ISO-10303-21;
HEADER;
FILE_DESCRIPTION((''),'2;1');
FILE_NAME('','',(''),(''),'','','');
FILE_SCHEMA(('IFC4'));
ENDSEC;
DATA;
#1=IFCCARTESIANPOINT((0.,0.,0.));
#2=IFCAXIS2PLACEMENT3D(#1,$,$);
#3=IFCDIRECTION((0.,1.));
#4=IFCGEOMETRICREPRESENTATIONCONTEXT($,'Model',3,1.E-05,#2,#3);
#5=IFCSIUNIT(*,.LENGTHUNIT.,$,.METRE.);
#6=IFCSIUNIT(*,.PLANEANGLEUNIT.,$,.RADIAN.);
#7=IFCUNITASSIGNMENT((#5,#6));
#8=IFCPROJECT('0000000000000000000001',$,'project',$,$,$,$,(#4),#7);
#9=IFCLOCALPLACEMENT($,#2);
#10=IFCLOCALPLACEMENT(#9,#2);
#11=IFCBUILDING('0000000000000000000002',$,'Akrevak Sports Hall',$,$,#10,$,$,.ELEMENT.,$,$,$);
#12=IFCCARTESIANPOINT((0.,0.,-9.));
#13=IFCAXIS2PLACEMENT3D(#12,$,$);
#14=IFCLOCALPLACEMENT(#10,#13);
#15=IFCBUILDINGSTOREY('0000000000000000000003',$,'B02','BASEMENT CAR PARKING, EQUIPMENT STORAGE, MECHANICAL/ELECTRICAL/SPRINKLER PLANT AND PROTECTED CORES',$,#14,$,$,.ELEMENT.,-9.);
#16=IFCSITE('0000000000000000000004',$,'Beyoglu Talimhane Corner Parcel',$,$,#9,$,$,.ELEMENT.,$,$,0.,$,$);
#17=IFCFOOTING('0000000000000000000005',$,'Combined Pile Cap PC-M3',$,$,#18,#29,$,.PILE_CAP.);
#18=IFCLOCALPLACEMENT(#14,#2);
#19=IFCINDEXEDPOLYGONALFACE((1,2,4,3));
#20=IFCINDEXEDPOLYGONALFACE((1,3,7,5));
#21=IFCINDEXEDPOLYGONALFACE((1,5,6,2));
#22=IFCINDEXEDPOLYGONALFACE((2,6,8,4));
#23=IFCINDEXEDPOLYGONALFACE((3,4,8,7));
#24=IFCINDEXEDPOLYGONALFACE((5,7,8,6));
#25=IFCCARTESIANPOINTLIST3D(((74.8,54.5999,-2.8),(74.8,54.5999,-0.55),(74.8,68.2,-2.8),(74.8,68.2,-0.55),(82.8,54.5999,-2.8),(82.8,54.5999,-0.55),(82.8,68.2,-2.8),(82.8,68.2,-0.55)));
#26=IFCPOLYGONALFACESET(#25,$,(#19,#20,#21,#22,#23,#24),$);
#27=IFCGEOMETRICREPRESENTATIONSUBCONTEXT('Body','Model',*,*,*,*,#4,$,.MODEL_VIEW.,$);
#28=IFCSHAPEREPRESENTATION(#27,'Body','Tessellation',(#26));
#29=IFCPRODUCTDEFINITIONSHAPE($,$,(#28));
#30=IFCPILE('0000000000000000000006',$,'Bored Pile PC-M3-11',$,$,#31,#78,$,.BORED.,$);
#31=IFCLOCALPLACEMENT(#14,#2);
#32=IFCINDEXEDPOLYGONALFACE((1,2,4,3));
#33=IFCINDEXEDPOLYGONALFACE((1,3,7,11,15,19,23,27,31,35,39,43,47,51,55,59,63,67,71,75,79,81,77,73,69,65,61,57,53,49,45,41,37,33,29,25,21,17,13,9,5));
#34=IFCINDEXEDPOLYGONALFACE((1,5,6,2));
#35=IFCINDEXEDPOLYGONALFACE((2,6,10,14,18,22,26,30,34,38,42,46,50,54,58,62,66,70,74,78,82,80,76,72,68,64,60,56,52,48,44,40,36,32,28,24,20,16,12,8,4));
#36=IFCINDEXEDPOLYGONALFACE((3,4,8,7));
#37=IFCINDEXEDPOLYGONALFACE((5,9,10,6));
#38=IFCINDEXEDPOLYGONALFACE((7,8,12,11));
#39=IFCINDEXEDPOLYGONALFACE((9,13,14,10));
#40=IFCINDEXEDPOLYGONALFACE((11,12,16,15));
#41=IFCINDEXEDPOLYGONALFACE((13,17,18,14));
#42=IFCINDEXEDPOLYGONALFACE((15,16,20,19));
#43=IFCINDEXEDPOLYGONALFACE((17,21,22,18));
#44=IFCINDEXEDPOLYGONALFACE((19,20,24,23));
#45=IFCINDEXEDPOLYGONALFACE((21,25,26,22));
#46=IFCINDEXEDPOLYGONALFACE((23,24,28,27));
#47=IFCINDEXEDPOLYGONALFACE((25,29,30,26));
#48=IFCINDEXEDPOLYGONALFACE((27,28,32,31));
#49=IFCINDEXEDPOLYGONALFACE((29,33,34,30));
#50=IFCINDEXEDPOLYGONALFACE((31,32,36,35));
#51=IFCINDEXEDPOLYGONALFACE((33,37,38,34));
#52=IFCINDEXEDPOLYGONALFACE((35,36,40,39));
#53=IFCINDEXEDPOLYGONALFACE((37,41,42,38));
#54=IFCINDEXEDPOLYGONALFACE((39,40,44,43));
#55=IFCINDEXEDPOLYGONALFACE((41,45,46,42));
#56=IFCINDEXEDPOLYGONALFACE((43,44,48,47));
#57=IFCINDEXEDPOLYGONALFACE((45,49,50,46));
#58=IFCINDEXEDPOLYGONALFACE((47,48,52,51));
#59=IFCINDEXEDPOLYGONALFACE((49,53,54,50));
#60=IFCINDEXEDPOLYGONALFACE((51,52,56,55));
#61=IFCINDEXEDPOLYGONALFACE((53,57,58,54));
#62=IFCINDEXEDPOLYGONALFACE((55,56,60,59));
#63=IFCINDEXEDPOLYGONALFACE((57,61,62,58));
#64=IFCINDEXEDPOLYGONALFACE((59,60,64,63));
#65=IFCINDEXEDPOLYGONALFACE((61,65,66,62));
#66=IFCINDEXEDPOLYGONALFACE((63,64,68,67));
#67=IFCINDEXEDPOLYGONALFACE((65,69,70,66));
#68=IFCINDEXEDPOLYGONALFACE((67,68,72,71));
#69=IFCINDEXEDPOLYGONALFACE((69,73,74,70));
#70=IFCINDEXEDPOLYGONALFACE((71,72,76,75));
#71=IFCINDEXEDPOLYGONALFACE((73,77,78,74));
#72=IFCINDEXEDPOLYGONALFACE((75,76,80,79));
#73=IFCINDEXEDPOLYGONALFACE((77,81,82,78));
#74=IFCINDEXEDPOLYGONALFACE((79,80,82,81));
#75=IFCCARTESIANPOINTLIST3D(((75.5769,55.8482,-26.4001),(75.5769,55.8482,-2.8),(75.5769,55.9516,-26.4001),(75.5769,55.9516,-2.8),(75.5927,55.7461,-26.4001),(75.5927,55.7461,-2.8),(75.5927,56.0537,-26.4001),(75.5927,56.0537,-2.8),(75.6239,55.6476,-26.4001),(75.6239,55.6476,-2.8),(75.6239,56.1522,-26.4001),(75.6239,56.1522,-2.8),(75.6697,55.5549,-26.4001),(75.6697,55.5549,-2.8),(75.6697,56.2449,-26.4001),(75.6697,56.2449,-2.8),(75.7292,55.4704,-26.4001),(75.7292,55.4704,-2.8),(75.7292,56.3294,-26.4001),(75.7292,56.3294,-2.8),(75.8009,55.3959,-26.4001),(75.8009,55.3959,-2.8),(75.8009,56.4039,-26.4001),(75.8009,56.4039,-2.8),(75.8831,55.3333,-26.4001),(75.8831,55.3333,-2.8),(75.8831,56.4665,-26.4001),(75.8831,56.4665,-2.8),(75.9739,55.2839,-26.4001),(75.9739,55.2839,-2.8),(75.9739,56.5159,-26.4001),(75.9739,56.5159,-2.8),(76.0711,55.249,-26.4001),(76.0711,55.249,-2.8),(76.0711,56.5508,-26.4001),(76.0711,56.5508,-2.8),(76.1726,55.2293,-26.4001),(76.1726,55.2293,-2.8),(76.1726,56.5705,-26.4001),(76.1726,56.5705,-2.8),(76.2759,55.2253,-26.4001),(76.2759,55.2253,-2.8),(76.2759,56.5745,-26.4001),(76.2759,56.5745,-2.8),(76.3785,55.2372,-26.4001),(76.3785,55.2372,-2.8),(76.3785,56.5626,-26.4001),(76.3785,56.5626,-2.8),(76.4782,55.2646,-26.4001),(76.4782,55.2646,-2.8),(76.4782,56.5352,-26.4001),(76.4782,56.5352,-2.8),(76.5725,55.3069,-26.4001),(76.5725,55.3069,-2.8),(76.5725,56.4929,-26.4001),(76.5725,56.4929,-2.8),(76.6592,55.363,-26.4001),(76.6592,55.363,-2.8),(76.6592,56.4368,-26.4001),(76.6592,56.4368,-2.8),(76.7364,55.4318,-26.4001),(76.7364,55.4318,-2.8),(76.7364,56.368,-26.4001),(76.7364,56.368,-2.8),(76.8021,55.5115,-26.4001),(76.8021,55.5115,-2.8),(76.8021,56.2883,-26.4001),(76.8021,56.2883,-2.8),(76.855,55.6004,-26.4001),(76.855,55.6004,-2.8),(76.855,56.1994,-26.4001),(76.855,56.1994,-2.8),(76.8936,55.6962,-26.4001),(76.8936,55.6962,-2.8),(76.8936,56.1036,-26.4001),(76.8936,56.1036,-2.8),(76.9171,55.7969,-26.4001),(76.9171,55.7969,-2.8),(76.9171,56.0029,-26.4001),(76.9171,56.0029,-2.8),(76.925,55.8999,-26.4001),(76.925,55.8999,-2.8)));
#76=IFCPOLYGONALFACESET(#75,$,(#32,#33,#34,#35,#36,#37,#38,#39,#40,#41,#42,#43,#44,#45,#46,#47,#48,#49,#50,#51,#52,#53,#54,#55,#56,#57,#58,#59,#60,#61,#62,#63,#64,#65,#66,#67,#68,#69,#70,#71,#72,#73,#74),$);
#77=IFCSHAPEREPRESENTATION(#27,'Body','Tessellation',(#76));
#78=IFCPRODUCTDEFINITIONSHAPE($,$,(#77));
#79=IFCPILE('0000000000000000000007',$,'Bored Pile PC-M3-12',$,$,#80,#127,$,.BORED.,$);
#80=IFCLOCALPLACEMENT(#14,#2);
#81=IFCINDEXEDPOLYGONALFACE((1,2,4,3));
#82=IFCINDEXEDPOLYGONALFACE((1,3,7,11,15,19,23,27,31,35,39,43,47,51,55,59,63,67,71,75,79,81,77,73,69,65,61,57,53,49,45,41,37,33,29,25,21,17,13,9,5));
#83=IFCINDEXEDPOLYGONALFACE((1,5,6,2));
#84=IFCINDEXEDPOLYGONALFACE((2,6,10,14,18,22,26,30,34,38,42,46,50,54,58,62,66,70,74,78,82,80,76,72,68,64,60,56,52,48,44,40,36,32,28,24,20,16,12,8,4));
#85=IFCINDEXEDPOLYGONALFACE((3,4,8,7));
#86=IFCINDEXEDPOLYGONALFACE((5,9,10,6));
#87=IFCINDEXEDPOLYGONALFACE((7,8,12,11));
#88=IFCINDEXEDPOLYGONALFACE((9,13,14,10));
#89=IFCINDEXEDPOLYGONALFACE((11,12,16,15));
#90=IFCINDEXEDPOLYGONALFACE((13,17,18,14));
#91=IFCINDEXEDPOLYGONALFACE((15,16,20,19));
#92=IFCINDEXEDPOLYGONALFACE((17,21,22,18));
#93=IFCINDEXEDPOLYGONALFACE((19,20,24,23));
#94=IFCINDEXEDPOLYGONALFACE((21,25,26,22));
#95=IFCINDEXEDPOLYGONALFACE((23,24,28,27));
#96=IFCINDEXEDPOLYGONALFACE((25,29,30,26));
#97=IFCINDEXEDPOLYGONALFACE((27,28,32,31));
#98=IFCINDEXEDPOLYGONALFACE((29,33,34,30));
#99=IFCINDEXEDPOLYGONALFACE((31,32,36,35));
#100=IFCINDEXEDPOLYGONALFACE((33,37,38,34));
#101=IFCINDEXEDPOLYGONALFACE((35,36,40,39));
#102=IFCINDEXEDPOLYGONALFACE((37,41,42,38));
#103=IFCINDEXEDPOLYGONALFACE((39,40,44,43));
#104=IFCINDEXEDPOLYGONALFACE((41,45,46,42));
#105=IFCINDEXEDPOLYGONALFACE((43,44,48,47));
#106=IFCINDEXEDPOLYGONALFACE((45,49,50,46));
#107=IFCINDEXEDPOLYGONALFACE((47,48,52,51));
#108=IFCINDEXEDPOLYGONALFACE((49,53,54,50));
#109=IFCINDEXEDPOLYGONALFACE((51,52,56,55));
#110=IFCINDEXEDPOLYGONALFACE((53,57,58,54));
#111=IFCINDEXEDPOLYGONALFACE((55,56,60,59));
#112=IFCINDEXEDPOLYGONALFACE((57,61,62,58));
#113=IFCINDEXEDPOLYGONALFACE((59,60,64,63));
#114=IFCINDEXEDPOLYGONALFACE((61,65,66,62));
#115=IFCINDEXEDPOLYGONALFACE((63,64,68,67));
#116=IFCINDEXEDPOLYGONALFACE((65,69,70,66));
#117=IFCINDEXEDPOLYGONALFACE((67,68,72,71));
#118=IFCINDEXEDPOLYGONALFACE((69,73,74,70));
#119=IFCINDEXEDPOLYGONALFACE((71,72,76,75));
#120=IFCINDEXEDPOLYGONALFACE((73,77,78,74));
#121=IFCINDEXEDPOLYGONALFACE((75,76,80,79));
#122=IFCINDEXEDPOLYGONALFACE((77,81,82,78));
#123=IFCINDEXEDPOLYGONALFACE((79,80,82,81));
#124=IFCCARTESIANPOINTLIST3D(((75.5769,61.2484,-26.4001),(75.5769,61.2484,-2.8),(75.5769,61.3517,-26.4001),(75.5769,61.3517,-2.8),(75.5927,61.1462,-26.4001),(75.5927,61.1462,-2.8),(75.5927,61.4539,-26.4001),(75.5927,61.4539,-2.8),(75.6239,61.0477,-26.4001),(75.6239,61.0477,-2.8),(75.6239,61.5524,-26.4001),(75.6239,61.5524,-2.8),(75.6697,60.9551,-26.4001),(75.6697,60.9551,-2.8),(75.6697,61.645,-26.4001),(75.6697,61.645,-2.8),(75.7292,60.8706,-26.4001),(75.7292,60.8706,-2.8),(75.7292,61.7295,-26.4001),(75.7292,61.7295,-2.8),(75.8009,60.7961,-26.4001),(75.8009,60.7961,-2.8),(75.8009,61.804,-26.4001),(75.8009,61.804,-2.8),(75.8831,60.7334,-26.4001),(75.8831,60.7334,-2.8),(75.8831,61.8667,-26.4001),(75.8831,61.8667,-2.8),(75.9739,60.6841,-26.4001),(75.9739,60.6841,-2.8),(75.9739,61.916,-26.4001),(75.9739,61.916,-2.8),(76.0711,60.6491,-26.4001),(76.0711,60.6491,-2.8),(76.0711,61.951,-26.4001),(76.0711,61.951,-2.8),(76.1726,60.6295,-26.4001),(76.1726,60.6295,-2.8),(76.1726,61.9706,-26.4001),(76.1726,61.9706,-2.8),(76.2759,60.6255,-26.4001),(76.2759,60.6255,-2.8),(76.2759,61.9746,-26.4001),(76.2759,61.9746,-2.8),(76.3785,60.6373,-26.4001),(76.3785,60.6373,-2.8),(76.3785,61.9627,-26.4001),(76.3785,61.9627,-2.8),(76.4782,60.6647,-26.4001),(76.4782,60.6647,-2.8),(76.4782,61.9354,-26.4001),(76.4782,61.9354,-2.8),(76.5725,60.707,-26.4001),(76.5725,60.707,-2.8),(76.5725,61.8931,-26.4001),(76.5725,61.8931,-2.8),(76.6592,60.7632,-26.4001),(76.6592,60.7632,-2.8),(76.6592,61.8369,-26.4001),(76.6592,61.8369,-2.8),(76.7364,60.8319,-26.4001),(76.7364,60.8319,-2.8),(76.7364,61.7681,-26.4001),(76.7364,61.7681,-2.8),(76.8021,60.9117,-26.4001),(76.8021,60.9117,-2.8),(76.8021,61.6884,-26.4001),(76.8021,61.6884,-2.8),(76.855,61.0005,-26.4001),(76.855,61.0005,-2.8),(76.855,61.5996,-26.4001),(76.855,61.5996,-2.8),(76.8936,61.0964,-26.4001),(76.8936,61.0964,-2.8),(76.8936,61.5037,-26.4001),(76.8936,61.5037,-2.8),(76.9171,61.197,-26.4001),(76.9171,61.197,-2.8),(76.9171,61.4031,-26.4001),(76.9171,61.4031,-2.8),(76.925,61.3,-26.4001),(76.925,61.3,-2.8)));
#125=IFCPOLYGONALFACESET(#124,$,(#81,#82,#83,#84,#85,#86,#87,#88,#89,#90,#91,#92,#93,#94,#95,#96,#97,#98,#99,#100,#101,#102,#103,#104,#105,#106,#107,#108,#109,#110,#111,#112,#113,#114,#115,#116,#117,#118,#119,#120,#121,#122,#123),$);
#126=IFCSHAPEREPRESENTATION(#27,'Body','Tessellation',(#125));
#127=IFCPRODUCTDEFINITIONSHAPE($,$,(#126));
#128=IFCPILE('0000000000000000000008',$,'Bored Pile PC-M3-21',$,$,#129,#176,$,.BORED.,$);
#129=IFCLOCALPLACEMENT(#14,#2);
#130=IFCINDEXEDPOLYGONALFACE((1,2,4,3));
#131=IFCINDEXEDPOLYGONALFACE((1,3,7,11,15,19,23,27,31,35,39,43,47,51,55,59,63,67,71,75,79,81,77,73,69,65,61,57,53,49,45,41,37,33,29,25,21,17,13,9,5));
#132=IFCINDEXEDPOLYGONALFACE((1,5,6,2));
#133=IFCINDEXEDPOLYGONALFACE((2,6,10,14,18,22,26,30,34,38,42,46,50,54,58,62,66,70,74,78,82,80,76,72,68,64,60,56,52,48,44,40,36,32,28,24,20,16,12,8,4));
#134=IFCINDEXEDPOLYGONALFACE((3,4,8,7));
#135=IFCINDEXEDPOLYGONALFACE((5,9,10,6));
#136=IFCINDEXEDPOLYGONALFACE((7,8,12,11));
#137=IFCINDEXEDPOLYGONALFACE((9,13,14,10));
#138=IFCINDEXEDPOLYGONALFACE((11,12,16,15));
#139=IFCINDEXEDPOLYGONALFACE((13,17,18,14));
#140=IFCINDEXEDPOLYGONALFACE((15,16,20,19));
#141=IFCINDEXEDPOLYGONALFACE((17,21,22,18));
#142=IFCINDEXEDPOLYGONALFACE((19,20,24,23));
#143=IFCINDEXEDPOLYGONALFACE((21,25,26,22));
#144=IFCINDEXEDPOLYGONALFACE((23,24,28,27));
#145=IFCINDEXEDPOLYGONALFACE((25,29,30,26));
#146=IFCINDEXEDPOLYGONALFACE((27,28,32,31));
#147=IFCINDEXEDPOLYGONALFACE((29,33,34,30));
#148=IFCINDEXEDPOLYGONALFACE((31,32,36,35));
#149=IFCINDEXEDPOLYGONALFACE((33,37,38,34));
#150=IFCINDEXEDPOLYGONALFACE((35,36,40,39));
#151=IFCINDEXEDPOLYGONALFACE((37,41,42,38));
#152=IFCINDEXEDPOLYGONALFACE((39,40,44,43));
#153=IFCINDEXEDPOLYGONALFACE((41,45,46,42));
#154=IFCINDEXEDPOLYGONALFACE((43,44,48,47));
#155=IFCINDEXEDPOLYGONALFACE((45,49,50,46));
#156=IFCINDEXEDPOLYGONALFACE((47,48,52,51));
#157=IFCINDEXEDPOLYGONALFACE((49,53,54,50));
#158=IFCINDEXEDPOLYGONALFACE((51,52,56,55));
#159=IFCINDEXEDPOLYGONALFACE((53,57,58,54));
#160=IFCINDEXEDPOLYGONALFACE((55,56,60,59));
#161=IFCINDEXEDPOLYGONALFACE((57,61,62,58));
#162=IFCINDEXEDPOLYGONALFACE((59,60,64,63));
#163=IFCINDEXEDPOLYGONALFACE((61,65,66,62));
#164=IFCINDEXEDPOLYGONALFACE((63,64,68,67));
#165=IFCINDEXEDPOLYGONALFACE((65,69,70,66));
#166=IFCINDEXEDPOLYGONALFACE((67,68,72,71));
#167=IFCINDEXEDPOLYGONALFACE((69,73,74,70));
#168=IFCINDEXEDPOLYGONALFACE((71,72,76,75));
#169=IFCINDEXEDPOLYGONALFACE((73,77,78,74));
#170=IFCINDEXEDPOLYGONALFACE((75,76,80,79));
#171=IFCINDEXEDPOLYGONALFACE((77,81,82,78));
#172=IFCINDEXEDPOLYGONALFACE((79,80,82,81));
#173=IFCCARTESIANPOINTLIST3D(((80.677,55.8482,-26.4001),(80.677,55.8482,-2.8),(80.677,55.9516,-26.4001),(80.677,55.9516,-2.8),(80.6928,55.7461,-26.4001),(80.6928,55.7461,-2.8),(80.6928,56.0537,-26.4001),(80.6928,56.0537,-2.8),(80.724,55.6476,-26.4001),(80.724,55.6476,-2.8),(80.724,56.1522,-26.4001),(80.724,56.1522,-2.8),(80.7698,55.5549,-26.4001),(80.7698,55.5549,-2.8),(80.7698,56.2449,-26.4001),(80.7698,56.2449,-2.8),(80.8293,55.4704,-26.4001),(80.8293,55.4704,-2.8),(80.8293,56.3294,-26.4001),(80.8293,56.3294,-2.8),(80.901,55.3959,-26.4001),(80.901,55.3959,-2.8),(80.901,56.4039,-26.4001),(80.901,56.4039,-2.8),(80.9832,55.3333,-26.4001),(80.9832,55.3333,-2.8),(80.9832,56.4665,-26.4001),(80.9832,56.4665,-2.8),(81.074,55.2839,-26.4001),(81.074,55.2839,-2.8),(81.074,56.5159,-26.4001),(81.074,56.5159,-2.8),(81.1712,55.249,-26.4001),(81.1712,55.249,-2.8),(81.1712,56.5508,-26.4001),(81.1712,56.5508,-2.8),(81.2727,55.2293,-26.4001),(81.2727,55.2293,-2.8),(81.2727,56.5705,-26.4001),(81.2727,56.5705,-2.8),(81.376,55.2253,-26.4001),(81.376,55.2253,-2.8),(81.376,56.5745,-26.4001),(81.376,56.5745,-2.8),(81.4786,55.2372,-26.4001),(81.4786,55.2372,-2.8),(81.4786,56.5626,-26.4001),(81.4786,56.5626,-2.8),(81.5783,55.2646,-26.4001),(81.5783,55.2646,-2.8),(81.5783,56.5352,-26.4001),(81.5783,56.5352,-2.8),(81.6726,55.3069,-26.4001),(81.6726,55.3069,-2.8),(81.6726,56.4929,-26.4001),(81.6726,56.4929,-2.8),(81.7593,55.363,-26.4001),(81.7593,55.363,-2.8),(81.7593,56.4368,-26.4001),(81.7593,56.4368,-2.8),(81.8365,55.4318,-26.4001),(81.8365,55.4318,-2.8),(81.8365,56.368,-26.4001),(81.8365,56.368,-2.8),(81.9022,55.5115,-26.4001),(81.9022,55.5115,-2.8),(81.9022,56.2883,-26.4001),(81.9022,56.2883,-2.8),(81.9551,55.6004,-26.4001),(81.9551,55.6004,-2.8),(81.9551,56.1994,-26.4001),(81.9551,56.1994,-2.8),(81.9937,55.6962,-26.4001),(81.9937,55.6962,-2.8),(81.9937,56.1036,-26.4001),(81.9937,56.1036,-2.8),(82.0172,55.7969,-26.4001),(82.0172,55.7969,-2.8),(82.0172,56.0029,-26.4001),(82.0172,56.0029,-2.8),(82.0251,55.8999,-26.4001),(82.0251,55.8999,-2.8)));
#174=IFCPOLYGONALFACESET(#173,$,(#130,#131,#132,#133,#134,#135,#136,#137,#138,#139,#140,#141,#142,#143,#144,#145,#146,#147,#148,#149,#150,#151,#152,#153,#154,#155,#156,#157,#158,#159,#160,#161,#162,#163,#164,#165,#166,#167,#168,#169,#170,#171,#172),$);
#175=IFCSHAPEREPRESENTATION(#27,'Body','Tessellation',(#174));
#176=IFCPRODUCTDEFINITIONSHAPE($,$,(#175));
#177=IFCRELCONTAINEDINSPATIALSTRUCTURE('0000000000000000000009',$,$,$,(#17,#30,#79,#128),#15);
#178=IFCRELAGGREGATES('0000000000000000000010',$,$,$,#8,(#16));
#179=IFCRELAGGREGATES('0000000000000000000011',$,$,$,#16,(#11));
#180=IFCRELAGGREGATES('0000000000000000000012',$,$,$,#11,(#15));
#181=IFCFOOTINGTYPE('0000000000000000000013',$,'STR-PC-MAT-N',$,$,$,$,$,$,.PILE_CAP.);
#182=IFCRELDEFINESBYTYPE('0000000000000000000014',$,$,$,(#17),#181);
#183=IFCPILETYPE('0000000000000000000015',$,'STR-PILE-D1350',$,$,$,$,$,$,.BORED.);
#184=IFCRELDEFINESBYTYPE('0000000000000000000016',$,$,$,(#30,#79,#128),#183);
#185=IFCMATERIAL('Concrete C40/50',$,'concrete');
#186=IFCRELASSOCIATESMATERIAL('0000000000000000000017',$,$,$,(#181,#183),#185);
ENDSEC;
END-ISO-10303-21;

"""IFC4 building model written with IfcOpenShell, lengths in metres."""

from ifc_helpers import new_model, si_unit, direction, frame, origin, origin_2d, place, context, subcontext, project, spatial, rectangle, circle, extrude, material, material_profile, profile_set, type_object, element, save


model = new_model("IFC4")

# Units and contexts
model_context = context("Model", 3, precision=1e-05, world=origin(), true_north=direction((0.0, 1.0)))
body_context = subcontext(model_context, "Body", "Model", "MODEL_VIEW")
ifc_project = project(units=[si_unit("LENGTHUNIT", "METRE"), si_unit("PLANEANGLEUNIT", "RADIAN")], contexts=[model_context])

# Site, building, storey
site_placement = place(None, origin())
site = spatial("IfcSite", under=ifc_project, at=site_placement, Name="Beyoglu Talimhane Corner Parcel", CompositionType="ELEMENT", RefElevation=0.0)
building_placement = place(site_placement, origin())
building = spatial("IfcBuilding", under=site, at=building_placement, Name="Akrevak Sports Hall", CompositionType="ELEMENT")
storey_placement = place(building_placement, frame((0.0, 0.0, -9.0)))
storey = spatial("IfcBuildingStorey", under=building, at=storey_placement, Name="B02", Description="BASEMENT CAR PARKING, EQUIPMENT STORAGE, MECHANICAL/ELECTRICAL/SPRINKLER PLANT AND PROTECTED CORES", CompositionType="ELEMENT", Elevation=-9.0)

# Footing
ifc_material_1 = material(Name="Concrete C40/50", Category="concrete")
footing_type = type_object("IfcFootingType", Name="STR-PC-MAT-N", PredefinedType="PILE_CAP", material=ifc_material_1)
footing_placement = place(storey_placement, frame((78.8, 61.3999, -2.8), z_axis=(0.0, 0.0, 1.0), x_axis=(1.0, 0.0, 0.0)))
element("IfcFooting", 1, at=footing_placement, inside=storey, type_object=footing_type, Name="Combined Pile Cap PC-M3", PredefinedType="PILE_CAP", context=body_context, shape_type="SweptSolid", body=[
    extrude(rectangle(XDim=8.0, YDim=13.6001, at=origin_2d()), origin(), (0.0, 0.0, 1.0), 2.25),
])

# Piles
ifc_material_profile = material_profile(ifc_material_1, circle(Radius=0.675, at=origin_2d()), Name="BORED PILE D1350", Category="concrete")
ifc_profile_set = profile_set([ifc_material_profile], Name="Concrete C40/50")
pile_type = type_object("IfcPileType", Name="STR-PILE-D1350", PredefinedType="BORED", material=ifc_profile_set)
for number, where, z_axis, x_axis, name in (
    (2, (76.25, 55.8999, -2.8), (0.0, 0.0, -1.0), (1.0, 0.0, 0.0), "Bored Pile PC-M3-11"),
    (3, (76.25, 61.3, -2.8), (0.0, 0.0, -1.0), (1.0, 0.0, 0.0), "Bored Pile PC-M3-12"),
    (4, (81.3501, 55.8999, -2.8), (0.0, 0.0, -1.0), (1.0, 0.0, 0.0), "Bored Pile PC-M3-21"),
):
    element("IfcPile", number, at=place(storey_placement, frame(where, z_axis=z_axis, x_axis=x_axis)), inside=storey, type_object=pile_type, Name=name, PredefinedType="BORED", context=body_context, shape_type="SweptSolid", body=[
        extrude(circle(Radius=0.675, at=origin_2d()), origin(), (0.0, 0.0, 1.0), 23.6001),
    ])

save(model, "model.ifc")
